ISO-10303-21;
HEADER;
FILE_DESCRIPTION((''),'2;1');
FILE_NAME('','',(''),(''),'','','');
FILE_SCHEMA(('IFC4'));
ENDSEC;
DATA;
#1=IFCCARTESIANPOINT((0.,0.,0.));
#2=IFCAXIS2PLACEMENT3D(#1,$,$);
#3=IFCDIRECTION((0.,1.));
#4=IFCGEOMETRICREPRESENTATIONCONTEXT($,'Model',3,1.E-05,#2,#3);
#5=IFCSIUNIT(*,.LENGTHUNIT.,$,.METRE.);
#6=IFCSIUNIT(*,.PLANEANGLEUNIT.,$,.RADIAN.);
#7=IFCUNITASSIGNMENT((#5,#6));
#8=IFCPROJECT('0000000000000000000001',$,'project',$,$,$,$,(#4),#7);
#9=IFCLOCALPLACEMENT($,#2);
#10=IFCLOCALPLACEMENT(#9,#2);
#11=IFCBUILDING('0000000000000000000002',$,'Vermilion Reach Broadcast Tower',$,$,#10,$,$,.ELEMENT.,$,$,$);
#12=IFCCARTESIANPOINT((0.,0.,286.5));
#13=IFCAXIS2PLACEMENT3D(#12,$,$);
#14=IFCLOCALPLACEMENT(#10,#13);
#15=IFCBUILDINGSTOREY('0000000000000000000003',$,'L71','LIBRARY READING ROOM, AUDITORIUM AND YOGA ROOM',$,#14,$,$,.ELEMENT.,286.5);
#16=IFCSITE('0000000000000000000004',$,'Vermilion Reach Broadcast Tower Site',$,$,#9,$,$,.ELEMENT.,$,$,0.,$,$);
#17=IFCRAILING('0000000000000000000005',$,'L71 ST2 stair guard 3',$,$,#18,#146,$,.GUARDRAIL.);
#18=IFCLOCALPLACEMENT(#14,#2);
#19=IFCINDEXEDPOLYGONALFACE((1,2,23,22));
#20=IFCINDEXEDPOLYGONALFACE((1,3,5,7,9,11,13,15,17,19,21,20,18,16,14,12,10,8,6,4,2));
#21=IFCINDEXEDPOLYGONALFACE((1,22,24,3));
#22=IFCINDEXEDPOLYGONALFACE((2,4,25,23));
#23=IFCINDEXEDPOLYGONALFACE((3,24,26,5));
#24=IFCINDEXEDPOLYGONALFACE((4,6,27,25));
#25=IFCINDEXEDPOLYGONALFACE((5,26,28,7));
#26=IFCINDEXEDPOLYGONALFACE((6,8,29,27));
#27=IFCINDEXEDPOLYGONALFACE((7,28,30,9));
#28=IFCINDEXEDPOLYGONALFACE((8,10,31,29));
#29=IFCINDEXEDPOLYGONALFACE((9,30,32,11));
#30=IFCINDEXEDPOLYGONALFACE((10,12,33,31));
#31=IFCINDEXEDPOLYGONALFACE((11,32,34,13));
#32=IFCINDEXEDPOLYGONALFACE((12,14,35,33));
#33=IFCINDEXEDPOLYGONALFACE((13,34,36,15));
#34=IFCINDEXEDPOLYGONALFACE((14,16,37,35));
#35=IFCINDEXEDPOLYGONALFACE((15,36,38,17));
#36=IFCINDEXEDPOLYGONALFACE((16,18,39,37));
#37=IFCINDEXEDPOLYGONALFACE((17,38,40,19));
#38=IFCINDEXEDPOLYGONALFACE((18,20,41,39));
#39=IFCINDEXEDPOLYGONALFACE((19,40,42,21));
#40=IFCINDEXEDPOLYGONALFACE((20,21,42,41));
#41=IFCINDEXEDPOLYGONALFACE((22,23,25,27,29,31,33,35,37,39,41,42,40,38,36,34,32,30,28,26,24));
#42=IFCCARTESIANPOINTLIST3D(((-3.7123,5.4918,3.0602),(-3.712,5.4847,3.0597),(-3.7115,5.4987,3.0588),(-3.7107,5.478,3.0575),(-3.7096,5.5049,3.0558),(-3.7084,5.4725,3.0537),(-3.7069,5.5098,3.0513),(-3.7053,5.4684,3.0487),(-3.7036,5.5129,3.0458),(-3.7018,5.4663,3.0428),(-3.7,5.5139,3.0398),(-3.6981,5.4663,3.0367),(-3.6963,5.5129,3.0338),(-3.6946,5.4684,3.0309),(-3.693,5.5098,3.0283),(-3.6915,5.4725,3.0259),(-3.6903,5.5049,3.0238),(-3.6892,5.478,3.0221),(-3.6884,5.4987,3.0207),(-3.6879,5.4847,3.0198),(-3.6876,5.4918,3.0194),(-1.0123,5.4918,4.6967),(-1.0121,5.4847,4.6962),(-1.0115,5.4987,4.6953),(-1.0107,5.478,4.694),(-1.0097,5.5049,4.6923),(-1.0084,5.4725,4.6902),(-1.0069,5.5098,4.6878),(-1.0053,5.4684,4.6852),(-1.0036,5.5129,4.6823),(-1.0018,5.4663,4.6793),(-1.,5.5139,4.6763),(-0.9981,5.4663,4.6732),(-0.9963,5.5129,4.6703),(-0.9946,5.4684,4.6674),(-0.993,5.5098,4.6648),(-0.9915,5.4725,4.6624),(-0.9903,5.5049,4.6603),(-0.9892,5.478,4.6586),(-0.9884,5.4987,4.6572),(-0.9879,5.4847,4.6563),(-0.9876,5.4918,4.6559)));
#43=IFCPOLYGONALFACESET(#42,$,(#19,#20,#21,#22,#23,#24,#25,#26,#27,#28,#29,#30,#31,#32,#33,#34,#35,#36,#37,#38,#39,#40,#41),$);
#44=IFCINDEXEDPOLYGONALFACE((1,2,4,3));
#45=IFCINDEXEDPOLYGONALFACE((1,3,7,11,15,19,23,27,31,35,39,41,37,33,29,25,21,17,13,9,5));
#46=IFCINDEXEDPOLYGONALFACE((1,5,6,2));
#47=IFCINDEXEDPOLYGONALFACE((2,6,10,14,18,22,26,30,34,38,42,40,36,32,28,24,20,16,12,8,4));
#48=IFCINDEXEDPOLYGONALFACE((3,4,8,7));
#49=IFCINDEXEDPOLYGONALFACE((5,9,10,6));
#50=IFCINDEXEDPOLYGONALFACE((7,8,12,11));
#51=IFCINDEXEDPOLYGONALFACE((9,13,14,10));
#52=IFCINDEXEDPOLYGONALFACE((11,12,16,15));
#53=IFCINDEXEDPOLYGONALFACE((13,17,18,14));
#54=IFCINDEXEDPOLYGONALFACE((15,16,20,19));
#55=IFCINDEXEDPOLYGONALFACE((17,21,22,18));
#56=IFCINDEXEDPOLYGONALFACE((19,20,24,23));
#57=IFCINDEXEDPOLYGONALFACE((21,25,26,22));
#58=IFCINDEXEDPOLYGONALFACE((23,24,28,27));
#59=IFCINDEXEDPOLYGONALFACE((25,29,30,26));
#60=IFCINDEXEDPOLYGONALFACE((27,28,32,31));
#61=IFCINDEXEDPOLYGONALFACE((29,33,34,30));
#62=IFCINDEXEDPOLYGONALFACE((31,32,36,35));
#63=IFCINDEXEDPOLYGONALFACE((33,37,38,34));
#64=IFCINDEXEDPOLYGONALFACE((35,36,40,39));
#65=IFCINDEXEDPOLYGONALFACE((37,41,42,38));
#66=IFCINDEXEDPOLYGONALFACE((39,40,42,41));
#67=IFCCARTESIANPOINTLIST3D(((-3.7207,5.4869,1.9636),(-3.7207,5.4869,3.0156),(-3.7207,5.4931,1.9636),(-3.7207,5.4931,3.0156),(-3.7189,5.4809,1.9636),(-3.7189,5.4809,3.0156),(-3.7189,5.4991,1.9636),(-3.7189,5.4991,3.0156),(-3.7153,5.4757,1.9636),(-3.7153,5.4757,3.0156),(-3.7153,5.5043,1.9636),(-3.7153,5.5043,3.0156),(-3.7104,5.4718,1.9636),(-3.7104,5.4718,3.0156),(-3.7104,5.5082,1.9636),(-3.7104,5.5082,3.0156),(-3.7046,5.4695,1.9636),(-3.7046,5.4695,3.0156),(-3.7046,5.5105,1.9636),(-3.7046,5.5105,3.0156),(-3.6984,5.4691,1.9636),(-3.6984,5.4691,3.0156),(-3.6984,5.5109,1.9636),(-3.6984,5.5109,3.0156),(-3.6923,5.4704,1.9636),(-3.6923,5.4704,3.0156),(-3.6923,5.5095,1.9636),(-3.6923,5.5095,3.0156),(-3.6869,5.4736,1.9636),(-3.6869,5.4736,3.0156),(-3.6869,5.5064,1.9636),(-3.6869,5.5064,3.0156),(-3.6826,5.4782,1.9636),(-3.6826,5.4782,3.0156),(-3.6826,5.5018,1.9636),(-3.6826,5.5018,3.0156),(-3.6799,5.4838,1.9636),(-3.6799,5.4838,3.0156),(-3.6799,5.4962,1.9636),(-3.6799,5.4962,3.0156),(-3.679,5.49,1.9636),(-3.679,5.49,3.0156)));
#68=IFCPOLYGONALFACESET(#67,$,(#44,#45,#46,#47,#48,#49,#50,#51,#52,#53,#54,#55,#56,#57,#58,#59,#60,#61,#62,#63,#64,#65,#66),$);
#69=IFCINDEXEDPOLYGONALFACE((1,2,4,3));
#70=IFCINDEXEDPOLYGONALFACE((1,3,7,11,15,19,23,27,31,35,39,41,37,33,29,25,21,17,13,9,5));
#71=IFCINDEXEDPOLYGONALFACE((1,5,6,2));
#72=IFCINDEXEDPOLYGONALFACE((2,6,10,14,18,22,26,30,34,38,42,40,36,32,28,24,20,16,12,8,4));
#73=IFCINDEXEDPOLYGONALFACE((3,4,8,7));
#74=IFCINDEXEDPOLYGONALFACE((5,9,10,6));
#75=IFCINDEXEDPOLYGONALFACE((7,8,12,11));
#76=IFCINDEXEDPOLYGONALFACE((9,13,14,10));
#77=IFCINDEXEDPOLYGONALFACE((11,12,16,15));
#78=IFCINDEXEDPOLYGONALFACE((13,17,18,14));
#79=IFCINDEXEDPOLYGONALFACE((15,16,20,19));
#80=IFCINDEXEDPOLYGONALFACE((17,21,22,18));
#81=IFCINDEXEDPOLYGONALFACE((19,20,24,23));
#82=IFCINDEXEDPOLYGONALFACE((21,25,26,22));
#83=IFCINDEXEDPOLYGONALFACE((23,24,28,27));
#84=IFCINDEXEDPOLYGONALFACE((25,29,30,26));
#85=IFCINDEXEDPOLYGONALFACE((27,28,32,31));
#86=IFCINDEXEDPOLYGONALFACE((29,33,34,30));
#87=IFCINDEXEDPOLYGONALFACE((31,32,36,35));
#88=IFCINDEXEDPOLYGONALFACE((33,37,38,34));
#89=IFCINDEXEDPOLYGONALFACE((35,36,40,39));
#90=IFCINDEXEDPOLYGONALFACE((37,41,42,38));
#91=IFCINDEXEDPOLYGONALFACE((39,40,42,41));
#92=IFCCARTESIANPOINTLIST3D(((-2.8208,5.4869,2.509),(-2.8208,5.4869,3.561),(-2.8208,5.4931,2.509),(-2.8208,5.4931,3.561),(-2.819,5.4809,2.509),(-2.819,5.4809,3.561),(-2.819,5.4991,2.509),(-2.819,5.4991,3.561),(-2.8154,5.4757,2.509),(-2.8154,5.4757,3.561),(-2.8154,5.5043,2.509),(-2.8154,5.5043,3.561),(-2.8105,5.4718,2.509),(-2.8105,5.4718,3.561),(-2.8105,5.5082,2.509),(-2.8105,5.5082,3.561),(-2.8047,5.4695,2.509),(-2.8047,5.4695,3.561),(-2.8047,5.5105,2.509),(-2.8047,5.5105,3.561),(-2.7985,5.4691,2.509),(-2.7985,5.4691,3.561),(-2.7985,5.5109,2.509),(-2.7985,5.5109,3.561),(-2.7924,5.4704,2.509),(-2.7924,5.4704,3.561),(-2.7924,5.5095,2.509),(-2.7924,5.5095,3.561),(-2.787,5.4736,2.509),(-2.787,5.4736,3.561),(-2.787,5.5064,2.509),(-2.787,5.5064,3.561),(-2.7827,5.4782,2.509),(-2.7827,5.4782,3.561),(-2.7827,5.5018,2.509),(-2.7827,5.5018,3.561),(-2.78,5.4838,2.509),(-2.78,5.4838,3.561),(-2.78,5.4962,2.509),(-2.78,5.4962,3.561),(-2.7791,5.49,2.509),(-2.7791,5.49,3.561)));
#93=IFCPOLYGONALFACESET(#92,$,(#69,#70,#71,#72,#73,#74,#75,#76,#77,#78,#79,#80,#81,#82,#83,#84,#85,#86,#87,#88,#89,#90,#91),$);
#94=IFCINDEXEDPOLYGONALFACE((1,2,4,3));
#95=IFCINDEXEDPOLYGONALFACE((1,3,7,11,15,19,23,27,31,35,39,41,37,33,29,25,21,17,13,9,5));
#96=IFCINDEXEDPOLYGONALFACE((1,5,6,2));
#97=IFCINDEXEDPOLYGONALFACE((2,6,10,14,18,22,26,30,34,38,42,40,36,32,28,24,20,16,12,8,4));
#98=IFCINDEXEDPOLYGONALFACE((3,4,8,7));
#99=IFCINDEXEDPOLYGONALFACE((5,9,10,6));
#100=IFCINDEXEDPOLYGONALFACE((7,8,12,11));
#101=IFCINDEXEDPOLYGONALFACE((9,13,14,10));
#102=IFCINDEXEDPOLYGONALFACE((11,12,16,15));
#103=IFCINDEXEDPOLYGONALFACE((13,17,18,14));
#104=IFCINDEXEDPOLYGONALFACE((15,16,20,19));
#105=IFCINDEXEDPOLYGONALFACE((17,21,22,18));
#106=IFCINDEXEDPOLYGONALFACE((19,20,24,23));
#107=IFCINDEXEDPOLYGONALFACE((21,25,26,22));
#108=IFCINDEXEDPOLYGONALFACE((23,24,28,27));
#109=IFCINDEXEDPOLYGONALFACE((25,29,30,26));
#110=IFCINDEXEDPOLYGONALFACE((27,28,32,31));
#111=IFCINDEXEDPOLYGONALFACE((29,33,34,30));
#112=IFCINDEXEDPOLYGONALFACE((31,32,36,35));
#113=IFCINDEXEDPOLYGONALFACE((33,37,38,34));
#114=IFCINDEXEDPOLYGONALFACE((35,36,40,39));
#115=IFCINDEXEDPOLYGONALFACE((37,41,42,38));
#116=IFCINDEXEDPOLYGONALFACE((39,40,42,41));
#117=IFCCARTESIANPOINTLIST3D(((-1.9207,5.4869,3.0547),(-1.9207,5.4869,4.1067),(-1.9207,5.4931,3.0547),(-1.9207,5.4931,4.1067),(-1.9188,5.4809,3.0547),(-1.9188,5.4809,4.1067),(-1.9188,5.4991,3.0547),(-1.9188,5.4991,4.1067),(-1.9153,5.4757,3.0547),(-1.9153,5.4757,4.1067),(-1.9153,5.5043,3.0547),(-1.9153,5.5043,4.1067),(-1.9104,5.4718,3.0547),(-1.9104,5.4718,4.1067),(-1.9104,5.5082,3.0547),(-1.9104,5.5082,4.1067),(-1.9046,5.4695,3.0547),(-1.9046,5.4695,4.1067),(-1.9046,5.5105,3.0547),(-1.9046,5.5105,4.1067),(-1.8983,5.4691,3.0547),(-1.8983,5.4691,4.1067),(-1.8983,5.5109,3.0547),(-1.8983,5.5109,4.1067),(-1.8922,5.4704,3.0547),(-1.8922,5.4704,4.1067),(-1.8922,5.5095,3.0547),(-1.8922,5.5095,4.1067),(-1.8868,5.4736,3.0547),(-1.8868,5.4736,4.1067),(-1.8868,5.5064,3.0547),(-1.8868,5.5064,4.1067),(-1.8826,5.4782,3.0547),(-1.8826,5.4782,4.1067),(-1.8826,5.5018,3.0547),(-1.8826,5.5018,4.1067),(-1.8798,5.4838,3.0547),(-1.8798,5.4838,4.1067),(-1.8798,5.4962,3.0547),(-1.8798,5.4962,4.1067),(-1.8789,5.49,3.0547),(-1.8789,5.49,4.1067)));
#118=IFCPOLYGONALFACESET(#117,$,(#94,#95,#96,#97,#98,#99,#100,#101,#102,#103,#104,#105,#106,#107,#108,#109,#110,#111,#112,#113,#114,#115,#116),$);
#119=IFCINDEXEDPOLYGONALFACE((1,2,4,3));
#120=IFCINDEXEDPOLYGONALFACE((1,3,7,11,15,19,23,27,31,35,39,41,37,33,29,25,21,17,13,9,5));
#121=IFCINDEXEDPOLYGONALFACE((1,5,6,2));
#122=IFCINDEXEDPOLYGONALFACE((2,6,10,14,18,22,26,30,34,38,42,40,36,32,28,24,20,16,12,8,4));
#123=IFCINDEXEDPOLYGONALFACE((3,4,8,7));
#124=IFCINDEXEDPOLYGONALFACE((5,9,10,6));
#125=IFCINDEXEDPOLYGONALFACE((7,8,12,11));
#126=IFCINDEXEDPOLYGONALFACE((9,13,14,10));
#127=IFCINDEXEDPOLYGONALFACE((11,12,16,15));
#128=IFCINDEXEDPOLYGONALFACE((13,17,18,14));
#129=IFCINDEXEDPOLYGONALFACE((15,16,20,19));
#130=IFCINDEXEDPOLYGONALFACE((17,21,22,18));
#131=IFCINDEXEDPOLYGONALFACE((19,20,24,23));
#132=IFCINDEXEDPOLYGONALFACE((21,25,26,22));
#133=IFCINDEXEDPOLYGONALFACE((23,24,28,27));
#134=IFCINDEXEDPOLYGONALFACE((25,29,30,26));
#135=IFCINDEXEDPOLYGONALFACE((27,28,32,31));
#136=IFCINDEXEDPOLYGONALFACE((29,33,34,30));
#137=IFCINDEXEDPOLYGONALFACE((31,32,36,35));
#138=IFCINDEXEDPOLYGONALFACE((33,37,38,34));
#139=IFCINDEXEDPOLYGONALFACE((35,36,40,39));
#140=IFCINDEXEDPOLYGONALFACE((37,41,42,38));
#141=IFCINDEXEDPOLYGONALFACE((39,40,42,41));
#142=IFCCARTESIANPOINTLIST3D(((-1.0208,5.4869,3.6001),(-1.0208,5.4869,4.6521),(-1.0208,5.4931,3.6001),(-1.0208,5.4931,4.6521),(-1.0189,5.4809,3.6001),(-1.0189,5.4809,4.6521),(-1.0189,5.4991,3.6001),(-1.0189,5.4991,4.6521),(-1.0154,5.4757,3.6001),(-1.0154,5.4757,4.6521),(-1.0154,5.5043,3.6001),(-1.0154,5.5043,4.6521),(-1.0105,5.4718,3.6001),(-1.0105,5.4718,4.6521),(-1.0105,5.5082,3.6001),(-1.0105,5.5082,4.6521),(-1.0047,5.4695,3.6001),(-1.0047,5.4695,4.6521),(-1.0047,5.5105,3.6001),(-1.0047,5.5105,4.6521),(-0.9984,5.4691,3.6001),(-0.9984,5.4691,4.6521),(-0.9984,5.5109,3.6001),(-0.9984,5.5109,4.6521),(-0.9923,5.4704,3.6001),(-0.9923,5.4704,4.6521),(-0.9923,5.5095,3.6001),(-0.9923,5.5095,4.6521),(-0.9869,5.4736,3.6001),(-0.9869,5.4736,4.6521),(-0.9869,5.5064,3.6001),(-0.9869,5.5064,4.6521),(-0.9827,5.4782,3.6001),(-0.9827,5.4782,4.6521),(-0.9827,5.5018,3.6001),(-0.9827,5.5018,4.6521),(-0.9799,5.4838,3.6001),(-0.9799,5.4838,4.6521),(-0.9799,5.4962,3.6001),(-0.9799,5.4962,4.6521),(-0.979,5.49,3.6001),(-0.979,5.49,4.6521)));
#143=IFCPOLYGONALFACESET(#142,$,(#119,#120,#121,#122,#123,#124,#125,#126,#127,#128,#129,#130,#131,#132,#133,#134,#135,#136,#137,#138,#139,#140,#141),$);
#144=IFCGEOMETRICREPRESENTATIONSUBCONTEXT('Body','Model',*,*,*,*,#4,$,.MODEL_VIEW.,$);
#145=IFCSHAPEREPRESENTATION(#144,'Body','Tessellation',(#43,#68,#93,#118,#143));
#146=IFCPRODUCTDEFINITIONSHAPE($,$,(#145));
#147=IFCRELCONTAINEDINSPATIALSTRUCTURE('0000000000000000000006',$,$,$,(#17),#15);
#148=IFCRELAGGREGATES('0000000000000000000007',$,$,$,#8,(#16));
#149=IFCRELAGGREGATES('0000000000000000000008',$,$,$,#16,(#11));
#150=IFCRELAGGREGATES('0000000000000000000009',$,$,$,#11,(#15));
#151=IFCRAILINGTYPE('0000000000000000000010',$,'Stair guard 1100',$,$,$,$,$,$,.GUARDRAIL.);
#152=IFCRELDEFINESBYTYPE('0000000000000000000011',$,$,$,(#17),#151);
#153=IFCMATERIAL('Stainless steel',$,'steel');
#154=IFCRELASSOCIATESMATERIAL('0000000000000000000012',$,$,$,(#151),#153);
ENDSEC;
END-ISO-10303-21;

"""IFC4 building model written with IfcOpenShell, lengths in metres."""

from ifc_helpers import new_model, si_unit, direction, frame, origin, origin_2d, place, context, subcontext, project, spatial, circle, extrude, material, type_object, element, save


model = new_model("IFC4")

# Units and contexts
model_context = context("Model", 3, precision=1e-05, world=origin(), true_north=direction((0.0, 1.0)))
body_context = subcontext(model_context, "Body", "Model", "MODEL_VIEW")
ifc_project = project(units=[si_unit("LENGTHUNIT", "METRE"), si_unit("PLANEANGLEUNIT", "RADIAN")], contexts=[model_context])

# Site, building, storey
site_placement = place(None, origin())
site = spatial("IfcSite", under=ifc_project, at=site_placement, Name="Vermilion Reach Broadcast Tower Site", CompositionType="ELEMENT", RefElevation=0.0)
building_placement = place(site_placement, origin())
building = spatial("IfcBuilding", under=site, at=building_placement, Name="Vermilion Reach Broadcast Tower", CompositionType="ELEMENT")
storey_placement = place(building_placement, frame((0.0, 0.0, 286.5)))
storey = spatial("IfcBuildingStorey", under=building, at=storey_placement, Name="L71", Description="LIBRARY READING ROOM, AUDITORIUM AND YOGA ROOM", CompositionType="ELEMENT", Elevation=286.5)

# Railing
ifc_material_1 = material(Name="Stainless steel", Category="steel")
railing_type_1 = type_object("IfcRailingType", Name="Stair guard 1100", PredefinedType="GUARDRAIL", material=ifc_material_1)
railing_1_placement = place(storey_placement, frame((-3.7, 5.49, 1.9636)))
element("IfcRailing", 1, at=railing_1_placement, inside=storey, type_object=railing_type_1, Name="L71 ST2 stair guard 3", PredefinedType="GUARDRAIL", context=body_context, shape_type="SweptSolid", body=[
    extrude(circle(Radius=0.0239, at=origin_2d()), frame((0.0, 0.0, 1.0762), z_axis=(0.855178, 0.0, 0.518334), x_axis=(0.0, 1.0, 0.0)), (0.0, 0.0, 1.0), 3.1572),
    extrude(circle(Radius=0.021, at=origin_2d()), origin(), (0.0, 0.0, 1.0), 1.052),
    extrude(circle(Radius=0.021, at=origin_2d()), frame((0.8999, 0.0, 0.5454)), (0.0, 0.0, 1.0), 1.052),
    extrude(circle(Radius=0.021, at=origin_2d()), frame((1.8, 0.0, 1.0911)), (0.0, 0.0, 1.0), 1.052),
    extrude(circle(Radius=0.021, at=origin_2d()), frame((2.7, 0.0, 1.6365)), (0.0, 0.0, 1.0), 1.052),
])

save(model, "model.ifc")
